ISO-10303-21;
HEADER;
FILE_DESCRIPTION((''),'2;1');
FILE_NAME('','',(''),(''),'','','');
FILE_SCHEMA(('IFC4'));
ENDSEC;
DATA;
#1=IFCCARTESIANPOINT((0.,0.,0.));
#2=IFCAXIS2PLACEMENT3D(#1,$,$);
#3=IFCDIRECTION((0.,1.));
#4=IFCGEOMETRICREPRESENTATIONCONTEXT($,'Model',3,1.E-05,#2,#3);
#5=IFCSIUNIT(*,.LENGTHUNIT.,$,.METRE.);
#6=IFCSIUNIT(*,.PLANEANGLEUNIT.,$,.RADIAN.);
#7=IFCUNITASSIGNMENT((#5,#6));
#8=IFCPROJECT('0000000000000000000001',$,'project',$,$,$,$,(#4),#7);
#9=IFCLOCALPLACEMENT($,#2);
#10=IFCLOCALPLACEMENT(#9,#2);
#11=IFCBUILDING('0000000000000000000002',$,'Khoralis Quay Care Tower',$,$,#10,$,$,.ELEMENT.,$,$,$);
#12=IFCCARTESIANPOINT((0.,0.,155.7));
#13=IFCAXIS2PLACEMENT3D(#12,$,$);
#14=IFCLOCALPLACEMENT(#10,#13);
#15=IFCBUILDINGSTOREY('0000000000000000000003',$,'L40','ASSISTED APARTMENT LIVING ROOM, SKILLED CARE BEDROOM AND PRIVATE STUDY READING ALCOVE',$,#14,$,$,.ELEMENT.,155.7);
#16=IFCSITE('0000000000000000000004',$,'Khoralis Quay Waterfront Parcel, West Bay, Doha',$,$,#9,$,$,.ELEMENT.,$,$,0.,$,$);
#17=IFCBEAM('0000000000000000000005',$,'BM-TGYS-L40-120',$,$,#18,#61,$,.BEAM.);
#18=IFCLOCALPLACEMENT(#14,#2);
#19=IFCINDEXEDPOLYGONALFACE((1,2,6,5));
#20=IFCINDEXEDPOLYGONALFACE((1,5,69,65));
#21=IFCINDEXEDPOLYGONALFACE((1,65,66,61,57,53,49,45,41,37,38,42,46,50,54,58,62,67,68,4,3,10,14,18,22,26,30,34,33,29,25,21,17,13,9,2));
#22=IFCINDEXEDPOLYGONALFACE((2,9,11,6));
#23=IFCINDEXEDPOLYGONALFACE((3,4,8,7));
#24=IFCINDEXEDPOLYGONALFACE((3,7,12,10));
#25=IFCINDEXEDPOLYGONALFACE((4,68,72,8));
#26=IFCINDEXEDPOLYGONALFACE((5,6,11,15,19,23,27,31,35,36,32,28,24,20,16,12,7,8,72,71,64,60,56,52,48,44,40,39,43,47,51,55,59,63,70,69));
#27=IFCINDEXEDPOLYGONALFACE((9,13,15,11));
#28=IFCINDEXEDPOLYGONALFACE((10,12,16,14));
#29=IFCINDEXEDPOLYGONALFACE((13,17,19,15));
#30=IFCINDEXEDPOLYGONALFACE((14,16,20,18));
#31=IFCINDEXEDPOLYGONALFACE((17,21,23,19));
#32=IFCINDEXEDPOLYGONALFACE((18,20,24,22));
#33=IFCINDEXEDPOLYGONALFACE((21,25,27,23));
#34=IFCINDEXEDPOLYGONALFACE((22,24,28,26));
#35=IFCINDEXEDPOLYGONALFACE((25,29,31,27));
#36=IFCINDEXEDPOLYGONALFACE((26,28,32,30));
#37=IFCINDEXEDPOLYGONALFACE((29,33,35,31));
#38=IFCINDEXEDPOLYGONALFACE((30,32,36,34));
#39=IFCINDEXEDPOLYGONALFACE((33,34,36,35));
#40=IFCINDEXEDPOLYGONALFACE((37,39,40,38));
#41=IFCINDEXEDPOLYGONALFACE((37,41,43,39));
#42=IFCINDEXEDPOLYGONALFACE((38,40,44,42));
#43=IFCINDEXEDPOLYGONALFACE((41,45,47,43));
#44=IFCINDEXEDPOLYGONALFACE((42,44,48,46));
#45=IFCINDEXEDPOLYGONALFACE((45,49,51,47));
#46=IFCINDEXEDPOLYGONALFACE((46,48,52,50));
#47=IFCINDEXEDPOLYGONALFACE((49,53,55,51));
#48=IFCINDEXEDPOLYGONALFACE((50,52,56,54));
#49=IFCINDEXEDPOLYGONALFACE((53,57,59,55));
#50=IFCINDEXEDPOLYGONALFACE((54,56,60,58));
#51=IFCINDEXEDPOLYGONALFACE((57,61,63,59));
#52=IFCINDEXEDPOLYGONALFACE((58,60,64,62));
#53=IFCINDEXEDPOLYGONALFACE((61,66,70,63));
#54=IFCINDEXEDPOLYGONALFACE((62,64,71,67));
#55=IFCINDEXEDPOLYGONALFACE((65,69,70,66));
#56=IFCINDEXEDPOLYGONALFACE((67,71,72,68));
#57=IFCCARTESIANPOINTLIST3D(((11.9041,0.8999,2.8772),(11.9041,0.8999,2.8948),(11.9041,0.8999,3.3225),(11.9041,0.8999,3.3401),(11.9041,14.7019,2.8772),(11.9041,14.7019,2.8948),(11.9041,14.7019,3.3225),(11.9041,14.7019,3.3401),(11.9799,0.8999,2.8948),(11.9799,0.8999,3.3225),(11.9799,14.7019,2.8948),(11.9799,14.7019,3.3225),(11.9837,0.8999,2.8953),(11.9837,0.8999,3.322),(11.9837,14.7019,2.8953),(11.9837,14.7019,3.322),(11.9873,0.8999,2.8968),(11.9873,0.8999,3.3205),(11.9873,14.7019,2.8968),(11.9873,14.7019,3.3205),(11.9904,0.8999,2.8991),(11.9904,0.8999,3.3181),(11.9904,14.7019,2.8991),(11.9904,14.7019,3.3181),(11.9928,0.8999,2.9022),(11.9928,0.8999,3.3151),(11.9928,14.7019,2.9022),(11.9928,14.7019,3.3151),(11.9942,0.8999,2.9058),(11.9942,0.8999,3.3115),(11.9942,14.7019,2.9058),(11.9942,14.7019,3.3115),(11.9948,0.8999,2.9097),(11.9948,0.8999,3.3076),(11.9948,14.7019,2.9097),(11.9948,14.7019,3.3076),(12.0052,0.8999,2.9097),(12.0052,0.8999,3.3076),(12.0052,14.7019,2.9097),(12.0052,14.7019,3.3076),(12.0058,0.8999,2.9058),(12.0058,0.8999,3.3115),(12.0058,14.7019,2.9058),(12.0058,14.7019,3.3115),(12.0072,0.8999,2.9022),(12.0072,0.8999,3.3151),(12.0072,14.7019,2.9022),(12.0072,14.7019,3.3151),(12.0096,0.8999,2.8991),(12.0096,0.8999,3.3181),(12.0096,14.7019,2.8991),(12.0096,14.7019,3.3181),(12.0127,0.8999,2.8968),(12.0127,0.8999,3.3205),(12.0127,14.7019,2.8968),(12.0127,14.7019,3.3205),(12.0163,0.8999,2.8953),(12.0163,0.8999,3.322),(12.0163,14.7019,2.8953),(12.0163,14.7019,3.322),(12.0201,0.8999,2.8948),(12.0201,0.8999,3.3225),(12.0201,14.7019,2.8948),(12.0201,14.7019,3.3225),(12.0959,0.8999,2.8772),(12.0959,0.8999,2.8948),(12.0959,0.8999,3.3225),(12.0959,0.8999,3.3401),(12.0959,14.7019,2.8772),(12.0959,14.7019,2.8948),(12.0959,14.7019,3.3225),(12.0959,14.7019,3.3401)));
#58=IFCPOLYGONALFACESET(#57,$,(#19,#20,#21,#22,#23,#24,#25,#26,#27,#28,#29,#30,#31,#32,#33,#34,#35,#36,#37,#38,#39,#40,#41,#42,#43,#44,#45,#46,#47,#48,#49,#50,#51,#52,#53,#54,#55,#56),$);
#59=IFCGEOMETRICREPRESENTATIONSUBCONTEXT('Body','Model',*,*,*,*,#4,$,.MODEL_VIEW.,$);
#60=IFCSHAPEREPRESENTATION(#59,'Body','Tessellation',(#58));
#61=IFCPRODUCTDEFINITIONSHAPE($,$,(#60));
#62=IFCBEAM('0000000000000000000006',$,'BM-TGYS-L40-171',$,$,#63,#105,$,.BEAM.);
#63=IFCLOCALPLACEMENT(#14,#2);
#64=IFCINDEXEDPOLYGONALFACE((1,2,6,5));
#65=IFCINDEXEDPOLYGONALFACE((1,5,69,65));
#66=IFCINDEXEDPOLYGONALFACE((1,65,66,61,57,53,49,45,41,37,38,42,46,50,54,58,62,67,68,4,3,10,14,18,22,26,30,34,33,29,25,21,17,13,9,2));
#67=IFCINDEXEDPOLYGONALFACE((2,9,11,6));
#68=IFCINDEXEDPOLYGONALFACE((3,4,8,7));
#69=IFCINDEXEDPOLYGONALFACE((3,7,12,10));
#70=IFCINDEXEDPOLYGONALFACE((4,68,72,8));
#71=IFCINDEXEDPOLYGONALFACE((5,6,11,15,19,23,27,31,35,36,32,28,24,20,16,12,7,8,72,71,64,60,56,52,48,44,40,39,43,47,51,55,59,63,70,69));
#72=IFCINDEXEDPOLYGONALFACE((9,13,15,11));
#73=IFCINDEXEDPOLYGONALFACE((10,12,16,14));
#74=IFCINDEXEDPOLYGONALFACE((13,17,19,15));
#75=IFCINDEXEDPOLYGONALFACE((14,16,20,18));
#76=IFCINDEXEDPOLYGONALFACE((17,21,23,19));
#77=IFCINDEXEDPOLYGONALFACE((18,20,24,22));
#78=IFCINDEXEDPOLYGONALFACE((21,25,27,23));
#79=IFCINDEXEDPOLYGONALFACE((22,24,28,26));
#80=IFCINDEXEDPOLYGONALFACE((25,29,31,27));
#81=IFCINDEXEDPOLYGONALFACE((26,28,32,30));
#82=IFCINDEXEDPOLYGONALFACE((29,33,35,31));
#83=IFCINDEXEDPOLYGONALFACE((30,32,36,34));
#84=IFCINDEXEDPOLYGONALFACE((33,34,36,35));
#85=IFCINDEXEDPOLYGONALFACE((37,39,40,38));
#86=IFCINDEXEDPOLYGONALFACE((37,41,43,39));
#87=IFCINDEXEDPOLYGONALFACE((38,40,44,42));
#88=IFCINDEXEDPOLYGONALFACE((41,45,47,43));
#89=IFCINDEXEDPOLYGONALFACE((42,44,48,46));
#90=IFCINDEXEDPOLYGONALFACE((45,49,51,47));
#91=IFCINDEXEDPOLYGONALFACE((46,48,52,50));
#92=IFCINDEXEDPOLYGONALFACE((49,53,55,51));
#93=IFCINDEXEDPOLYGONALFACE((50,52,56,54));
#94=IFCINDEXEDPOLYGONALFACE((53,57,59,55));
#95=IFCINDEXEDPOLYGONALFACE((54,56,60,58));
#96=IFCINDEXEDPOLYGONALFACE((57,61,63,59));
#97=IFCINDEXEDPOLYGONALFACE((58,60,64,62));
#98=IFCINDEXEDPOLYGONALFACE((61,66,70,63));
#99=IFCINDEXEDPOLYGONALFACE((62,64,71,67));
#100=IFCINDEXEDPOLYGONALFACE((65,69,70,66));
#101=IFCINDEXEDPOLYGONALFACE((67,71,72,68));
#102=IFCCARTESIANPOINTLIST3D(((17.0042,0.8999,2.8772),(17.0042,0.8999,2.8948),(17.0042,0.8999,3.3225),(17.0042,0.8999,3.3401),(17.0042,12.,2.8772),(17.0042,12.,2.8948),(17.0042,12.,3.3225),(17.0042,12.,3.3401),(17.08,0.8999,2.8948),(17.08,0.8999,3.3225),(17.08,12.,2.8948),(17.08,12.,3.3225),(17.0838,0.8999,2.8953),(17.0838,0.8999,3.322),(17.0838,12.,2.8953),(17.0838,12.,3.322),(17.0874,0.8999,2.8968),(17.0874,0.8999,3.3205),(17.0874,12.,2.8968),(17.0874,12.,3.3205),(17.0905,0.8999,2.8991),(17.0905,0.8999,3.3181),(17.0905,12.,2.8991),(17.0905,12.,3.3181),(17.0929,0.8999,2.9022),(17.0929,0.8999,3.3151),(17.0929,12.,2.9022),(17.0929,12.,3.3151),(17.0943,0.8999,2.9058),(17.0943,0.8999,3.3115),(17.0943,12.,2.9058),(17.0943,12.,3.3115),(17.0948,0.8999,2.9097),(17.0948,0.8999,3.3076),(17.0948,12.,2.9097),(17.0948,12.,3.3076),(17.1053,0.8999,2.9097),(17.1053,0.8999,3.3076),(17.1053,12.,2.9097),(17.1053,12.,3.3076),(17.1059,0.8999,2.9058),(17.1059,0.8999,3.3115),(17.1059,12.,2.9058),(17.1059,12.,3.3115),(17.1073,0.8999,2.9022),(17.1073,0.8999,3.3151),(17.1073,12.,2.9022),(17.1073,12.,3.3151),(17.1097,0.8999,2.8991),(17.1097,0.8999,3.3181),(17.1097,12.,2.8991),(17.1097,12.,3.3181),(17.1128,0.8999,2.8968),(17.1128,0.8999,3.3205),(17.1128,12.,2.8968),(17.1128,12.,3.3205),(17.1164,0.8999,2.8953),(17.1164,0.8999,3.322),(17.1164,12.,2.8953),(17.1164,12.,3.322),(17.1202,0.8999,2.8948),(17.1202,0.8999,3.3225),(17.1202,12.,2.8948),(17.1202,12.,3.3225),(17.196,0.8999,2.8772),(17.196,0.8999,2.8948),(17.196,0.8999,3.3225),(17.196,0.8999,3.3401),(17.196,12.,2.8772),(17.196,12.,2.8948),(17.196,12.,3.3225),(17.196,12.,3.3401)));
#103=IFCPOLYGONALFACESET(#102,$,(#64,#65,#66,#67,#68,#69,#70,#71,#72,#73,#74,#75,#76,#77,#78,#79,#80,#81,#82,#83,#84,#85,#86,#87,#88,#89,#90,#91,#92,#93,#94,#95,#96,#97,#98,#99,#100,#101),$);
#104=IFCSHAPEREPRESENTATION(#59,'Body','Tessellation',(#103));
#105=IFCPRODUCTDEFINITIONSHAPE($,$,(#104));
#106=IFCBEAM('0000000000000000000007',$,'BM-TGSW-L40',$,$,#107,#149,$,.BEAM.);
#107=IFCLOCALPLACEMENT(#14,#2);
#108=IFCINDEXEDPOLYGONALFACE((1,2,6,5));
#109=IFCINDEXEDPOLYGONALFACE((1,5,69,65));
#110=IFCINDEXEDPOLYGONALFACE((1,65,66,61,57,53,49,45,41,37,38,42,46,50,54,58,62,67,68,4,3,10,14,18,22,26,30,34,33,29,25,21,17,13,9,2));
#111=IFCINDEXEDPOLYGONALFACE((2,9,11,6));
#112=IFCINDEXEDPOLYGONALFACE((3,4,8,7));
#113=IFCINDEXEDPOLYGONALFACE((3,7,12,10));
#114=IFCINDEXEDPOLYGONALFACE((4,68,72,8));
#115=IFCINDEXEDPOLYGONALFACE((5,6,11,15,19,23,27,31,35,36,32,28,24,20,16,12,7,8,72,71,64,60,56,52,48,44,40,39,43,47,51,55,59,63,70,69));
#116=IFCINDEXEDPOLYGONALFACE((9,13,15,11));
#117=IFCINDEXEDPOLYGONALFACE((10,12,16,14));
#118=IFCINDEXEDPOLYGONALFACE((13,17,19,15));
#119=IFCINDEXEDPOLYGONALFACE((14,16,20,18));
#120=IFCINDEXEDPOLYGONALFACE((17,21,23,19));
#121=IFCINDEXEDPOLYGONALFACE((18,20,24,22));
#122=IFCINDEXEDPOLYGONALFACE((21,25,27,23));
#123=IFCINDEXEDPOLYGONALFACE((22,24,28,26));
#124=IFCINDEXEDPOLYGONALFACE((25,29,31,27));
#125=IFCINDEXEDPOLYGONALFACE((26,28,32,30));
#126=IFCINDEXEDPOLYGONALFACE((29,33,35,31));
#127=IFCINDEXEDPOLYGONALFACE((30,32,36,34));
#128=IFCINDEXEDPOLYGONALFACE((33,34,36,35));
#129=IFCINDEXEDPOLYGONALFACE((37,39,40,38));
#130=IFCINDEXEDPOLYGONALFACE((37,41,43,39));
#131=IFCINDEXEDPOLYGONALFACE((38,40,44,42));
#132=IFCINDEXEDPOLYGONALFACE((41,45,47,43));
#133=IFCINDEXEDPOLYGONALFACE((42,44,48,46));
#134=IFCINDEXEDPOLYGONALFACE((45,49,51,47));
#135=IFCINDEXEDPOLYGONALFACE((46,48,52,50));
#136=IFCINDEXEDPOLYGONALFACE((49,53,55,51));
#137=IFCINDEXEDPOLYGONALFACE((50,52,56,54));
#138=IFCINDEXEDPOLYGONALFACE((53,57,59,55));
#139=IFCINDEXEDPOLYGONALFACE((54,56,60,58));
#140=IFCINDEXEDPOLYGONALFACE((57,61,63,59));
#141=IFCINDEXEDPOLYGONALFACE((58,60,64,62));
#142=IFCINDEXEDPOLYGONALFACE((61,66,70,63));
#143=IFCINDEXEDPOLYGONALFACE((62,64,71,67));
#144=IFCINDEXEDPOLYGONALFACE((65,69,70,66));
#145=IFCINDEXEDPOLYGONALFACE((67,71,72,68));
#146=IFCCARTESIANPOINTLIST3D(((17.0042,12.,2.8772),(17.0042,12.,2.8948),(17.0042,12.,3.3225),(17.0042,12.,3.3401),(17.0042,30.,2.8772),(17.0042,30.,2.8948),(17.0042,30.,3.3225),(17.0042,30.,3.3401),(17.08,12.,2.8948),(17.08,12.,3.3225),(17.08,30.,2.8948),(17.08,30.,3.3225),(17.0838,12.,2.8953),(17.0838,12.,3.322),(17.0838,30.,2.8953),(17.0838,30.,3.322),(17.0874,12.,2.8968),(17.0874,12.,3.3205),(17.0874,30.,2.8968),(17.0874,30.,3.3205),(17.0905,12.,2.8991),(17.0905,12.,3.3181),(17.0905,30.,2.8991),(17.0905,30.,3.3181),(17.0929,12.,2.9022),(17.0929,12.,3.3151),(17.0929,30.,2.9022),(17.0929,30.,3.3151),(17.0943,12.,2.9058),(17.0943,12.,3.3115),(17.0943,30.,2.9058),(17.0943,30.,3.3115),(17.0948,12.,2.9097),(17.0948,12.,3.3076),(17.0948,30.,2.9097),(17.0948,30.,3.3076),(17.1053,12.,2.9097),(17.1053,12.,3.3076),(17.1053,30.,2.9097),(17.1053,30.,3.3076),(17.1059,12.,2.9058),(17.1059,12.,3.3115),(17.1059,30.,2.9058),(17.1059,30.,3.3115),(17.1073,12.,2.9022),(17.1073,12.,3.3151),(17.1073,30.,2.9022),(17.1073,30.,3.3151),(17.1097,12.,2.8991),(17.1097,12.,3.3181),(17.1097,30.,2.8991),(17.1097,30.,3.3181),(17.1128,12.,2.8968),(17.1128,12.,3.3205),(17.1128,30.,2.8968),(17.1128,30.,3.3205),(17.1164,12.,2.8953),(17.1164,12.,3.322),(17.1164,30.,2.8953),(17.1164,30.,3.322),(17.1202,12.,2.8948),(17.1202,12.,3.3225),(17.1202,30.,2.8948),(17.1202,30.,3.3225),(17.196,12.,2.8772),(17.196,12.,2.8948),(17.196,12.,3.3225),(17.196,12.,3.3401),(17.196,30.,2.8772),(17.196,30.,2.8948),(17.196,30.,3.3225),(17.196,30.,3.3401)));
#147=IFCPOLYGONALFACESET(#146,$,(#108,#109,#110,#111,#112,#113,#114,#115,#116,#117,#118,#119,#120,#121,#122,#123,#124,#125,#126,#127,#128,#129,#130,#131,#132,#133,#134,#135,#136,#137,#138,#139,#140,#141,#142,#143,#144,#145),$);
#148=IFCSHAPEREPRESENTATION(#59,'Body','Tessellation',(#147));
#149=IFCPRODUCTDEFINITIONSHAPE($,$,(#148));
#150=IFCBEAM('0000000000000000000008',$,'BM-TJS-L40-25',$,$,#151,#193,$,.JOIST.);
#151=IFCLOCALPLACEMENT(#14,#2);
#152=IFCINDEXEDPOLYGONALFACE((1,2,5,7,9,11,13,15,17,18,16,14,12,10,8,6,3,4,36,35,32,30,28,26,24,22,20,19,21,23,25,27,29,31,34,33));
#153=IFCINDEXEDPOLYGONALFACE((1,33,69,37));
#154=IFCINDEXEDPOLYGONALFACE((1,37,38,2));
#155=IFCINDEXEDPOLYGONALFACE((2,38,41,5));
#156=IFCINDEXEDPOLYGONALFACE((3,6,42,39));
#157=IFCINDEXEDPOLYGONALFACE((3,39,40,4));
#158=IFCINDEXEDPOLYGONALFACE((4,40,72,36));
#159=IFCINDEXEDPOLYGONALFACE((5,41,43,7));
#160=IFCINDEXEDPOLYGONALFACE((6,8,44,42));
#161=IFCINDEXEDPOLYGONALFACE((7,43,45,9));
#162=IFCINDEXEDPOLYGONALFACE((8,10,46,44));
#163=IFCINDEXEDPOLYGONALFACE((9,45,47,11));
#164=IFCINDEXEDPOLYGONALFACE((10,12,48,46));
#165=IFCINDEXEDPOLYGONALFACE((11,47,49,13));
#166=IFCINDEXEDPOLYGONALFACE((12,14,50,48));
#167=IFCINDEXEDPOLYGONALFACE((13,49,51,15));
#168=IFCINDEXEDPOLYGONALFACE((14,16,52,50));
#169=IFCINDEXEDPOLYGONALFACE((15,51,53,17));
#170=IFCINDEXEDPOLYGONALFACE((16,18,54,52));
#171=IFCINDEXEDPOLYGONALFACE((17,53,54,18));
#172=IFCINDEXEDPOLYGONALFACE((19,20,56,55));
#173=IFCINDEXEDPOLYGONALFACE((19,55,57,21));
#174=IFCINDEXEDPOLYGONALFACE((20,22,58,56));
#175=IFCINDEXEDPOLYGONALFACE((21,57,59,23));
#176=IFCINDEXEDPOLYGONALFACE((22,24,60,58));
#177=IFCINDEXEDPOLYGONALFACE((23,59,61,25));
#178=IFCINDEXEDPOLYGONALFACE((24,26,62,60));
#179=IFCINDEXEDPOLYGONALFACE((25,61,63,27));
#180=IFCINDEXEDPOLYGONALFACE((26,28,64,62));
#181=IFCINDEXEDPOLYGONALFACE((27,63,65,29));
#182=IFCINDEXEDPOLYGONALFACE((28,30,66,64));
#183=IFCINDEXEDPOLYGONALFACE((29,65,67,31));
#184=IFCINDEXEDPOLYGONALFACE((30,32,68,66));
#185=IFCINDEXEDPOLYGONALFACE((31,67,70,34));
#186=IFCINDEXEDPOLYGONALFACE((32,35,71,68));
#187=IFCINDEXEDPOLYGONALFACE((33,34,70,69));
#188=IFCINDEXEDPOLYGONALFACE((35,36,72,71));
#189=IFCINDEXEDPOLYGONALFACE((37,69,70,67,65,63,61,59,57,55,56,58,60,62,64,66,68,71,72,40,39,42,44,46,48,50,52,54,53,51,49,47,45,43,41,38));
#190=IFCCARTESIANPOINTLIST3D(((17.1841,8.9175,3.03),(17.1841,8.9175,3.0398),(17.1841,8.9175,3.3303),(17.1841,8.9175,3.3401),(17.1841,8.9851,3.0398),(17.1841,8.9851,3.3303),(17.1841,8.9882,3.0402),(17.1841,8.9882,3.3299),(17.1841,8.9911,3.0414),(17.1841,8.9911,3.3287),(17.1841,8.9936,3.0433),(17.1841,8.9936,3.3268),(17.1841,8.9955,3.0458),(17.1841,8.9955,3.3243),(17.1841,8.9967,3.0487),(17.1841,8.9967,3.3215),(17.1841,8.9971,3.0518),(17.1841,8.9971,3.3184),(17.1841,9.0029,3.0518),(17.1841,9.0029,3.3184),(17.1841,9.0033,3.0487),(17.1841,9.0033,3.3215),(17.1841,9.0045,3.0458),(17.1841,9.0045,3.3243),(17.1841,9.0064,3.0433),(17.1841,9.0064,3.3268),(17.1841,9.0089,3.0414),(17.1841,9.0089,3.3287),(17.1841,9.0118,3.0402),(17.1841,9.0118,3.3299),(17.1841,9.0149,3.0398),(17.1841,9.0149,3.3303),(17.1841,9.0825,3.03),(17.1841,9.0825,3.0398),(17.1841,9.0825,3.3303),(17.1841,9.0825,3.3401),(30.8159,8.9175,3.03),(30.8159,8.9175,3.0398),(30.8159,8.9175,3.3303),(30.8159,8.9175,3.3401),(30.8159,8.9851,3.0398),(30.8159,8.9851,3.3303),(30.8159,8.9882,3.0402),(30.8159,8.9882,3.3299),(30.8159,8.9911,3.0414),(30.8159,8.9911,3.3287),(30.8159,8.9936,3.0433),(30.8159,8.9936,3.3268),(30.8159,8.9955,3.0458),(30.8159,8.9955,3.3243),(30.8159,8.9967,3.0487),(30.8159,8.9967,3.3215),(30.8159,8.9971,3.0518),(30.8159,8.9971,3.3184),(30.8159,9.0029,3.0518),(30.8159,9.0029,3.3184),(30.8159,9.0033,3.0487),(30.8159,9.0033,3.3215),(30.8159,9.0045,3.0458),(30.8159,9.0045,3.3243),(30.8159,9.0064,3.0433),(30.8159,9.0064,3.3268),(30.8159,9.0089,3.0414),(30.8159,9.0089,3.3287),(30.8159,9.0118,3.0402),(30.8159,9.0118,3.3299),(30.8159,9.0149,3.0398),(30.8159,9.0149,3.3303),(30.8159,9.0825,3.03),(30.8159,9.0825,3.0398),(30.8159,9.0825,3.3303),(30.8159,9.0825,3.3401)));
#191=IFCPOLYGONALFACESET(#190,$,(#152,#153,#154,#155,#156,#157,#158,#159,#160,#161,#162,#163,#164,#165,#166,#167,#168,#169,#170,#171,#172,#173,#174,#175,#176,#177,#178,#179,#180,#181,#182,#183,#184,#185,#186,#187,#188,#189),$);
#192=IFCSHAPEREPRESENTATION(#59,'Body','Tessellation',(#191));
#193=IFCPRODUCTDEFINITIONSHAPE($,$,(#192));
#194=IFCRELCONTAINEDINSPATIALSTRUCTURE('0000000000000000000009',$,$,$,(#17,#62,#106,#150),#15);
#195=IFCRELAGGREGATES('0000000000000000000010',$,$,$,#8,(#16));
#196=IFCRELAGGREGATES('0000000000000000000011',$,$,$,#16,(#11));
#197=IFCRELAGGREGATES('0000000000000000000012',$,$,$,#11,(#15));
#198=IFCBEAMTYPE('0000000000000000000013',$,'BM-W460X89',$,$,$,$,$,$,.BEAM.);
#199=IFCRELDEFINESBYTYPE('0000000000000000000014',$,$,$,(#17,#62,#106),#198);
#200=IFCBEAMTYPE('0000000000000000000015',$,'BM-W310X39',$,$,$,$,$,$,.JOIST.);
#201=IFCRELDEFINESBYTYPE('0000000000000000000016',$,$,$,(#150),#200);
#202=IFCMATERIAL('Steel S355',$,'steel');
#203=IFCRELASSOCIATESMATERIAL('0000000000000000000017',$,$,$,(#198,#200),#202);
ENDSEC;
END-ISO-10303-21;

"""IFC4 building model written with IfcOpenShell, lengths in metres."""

from ifc_helpers import new_model, si_unit, direction, frame, origin, origin_2d, place, context, subcontext, project, spatial, i_section, extrude, source, transform, mapped, material, material_profile, profile_set, type_object, element, save


model = new_model("IFC4")

# Units and contexts
model_context = context("Model", 3, precision=1e-05, world=origin(), true_north=direction((0.0, 1.0)))
body_context = subcontext(model_context, "Body", "Model", "MODEL_VIEW")
ifc_project = project(units=[si_unit("LENGTHUNIT", "METRE"), si_unit("PLANEANGLEUNIT", "RADIAN")], contexts=[model_context])

# Site, building, storey
site_placement = place(None, origin())
site = spatial("IfcSite", under=ifc_project, at=site_placement, Name="Khoralis Quay Waterfront Parcel, West Bay, Doha", CompositionType="ELEMENT", RefElevation=0.0)
building_placement = place(site_placement, origin())
building = spatial("IfcBuilding", under=site, at=building_placement, Name="Khoralis Quay Care Tower", CompositionType="ELEMENT")
storey_placement = place(building_placement, frame((0.0, 0.0, 155.7)))
storey = spatial("IfcBuildingStorey", under=building, at=storey_placement, Name="L40", Description="ASSISTED APARTMENT LIVING ROOM, SKILLED CARE BEDROOM AND PRIVATE STUDY READING ALCOVE", CompositionType="ELEMENT", Elevation=155.7)

# Beams
ifc_material_1 = material(Name="Steel S355", Category="steel")
ifc_material_profile_1 = material_profile(ifc_material_1, i_section(OverallWidth=0.1919, OverallDepth=0.4629, WebThickness=0.0105, FlangeThickness=0.0176, FilletRadius=0.0149, at=origin_2d()), Name="Steel S355")
ifc_profile_set_1 = profile_set([ifc_material_profile_1], Name="Steel S355")
beam_type_1 = type_object("IfcBeamType", Name="BM-W460X89", PredefinedType="BEAM", material=ifc_profile_set_1)
shared_shape_1 = source(origin(), body_context, "Body", "SweptSolid", [
    extrude(i_section(OverallWidth=0.1919, OverallDepth=0.4629, WebThickness=0.0105, FlangeThickness=0.0176, FilletRadius=0.0149, at=origin_2d()), origin(), (0.0, 0.0, 1.0), 13.802),
])
beam_1_placement = place(storey_placement, frame((12.0, 0.8999, 3.1086), z_axis=(0.0, 1.0, 0.0), x_axis=(-1.0, 0.0, 0.0)))
element("IfcBeam", 1, at=beam_1_placement, inside=storey, type_object=beam_type_1, Name="BM-TGYS-L40-120", PredefinedType="BEAM", context=body_context, shape_type="MappedRepresentation", body=[
    mapped(shared_shape_1, transform((0.0, 0.0, 0.0), scale=1.0)),
])
shared_shape_2 = source(origin(), body_context, "Body", "SweptSolid", [
    extrude(i_section(OverallWidth=0.1919, OverallDepth=0.4629, WebThickness=0.0105, FlangeThickness=0.0176, FilletRadius=0.0149, at=origin_2d()), origin(), (0.0, 0.0, 1.0), 11.1001),
])
beam_2_placement = place(storey_placement, frame((17.1001, 0.8999, 3.1086), z_axis=(0.0, 1.0, 0.0), x_axis=(-1.0, 0.0, 0.0)))
element("IfcBeam", 2, at=beam_2_placement, inside=storey, type_object=beam_type_1, Name="BM-TGYS-L40-171", PredefinedType="BEAM", context=body_context, shape_type="MappedRepresentation", body=[
    mapped(shared_shape_2, transform((0.0, 0.0, 0.0), scale=1.0)),
])
shared_shape_3 = source(origin(), body_context, "Body", "SweptSolid", [
    extrude(i_section(OverallWidth=0.1919, OverallDepth=0.4629, WebThickness=0.0105, FlangeThickness=0.0176, FilletRadius=0.0149, at=origin_2d()), origin(), (0.0, 0.0, 1.0), 18.0),
])
beam_3_placement = place(storey_placement, frame((17.1001, 12.0, 3.1086), z_axis=(0.0, 1.0, 0.0), x_axis=(-1.0, 0.0, 0.0)))
element("IfcBeam", 3, at=beam_3_placement, inside=storey, type_object=beam_type_1, Name="BM-TGSW-L40", PredefinedType="BEAM", context=body_context, shape_type="MappedRepresentation", body=[
    mapped(shared_shape_3, transform((0.0, 0.0, 0.0), scale=1.0)),
])
ifc_material_profile_2 = material_profile(ifc_material_1, i_section(OverallWidth=0.165, OverallDepth=0.3101, WebThickness=0.0059, FlangeThickness=0.0098, FilletRadius=0.012, at=origin_2d()), Name="Steel S355")
ifc_profile_set_2 = profile_set([ifc_material_profile_2], Name="Steel S355")
beam_type_2 = type_object("IfcBeamType", Name="BM-W310X39", PredefinedType="JOIST", material=ifc_profile_set_2)
shared_shape_4 = source(origin(), body_context, "Body", "SweptSolid", [
    extrude(i_section(OverallWidth=0.165, OverallDepth=0.3101, WebThickness=0.0059, FlangeThickness=0.0098, FilletRadius=0.012, at=origin_2d()), origin(), (0.0, 0.0, 1.0), 13.6318),
])
beam_4_placement = place(storey_placement, frame((17.1841, 9.0, 3.1851), z_axis=(1.0, 0.0, 0.0), x_axis=(0.0, 1.0, 0.0)))
element("IfcBeam", 4, at=beam_4_placement, inside=storey, type_object=beam_type_2, Name="BM-TJS-L40-25", PredefinedType="JOIST", context=body_context, shape_type="MappedRepresentation", body=[
    mapped(shared_shape_4, transform((0.0, 0.0, 0.0), scale=1.0)),
])

save(model, "model.ifc")
